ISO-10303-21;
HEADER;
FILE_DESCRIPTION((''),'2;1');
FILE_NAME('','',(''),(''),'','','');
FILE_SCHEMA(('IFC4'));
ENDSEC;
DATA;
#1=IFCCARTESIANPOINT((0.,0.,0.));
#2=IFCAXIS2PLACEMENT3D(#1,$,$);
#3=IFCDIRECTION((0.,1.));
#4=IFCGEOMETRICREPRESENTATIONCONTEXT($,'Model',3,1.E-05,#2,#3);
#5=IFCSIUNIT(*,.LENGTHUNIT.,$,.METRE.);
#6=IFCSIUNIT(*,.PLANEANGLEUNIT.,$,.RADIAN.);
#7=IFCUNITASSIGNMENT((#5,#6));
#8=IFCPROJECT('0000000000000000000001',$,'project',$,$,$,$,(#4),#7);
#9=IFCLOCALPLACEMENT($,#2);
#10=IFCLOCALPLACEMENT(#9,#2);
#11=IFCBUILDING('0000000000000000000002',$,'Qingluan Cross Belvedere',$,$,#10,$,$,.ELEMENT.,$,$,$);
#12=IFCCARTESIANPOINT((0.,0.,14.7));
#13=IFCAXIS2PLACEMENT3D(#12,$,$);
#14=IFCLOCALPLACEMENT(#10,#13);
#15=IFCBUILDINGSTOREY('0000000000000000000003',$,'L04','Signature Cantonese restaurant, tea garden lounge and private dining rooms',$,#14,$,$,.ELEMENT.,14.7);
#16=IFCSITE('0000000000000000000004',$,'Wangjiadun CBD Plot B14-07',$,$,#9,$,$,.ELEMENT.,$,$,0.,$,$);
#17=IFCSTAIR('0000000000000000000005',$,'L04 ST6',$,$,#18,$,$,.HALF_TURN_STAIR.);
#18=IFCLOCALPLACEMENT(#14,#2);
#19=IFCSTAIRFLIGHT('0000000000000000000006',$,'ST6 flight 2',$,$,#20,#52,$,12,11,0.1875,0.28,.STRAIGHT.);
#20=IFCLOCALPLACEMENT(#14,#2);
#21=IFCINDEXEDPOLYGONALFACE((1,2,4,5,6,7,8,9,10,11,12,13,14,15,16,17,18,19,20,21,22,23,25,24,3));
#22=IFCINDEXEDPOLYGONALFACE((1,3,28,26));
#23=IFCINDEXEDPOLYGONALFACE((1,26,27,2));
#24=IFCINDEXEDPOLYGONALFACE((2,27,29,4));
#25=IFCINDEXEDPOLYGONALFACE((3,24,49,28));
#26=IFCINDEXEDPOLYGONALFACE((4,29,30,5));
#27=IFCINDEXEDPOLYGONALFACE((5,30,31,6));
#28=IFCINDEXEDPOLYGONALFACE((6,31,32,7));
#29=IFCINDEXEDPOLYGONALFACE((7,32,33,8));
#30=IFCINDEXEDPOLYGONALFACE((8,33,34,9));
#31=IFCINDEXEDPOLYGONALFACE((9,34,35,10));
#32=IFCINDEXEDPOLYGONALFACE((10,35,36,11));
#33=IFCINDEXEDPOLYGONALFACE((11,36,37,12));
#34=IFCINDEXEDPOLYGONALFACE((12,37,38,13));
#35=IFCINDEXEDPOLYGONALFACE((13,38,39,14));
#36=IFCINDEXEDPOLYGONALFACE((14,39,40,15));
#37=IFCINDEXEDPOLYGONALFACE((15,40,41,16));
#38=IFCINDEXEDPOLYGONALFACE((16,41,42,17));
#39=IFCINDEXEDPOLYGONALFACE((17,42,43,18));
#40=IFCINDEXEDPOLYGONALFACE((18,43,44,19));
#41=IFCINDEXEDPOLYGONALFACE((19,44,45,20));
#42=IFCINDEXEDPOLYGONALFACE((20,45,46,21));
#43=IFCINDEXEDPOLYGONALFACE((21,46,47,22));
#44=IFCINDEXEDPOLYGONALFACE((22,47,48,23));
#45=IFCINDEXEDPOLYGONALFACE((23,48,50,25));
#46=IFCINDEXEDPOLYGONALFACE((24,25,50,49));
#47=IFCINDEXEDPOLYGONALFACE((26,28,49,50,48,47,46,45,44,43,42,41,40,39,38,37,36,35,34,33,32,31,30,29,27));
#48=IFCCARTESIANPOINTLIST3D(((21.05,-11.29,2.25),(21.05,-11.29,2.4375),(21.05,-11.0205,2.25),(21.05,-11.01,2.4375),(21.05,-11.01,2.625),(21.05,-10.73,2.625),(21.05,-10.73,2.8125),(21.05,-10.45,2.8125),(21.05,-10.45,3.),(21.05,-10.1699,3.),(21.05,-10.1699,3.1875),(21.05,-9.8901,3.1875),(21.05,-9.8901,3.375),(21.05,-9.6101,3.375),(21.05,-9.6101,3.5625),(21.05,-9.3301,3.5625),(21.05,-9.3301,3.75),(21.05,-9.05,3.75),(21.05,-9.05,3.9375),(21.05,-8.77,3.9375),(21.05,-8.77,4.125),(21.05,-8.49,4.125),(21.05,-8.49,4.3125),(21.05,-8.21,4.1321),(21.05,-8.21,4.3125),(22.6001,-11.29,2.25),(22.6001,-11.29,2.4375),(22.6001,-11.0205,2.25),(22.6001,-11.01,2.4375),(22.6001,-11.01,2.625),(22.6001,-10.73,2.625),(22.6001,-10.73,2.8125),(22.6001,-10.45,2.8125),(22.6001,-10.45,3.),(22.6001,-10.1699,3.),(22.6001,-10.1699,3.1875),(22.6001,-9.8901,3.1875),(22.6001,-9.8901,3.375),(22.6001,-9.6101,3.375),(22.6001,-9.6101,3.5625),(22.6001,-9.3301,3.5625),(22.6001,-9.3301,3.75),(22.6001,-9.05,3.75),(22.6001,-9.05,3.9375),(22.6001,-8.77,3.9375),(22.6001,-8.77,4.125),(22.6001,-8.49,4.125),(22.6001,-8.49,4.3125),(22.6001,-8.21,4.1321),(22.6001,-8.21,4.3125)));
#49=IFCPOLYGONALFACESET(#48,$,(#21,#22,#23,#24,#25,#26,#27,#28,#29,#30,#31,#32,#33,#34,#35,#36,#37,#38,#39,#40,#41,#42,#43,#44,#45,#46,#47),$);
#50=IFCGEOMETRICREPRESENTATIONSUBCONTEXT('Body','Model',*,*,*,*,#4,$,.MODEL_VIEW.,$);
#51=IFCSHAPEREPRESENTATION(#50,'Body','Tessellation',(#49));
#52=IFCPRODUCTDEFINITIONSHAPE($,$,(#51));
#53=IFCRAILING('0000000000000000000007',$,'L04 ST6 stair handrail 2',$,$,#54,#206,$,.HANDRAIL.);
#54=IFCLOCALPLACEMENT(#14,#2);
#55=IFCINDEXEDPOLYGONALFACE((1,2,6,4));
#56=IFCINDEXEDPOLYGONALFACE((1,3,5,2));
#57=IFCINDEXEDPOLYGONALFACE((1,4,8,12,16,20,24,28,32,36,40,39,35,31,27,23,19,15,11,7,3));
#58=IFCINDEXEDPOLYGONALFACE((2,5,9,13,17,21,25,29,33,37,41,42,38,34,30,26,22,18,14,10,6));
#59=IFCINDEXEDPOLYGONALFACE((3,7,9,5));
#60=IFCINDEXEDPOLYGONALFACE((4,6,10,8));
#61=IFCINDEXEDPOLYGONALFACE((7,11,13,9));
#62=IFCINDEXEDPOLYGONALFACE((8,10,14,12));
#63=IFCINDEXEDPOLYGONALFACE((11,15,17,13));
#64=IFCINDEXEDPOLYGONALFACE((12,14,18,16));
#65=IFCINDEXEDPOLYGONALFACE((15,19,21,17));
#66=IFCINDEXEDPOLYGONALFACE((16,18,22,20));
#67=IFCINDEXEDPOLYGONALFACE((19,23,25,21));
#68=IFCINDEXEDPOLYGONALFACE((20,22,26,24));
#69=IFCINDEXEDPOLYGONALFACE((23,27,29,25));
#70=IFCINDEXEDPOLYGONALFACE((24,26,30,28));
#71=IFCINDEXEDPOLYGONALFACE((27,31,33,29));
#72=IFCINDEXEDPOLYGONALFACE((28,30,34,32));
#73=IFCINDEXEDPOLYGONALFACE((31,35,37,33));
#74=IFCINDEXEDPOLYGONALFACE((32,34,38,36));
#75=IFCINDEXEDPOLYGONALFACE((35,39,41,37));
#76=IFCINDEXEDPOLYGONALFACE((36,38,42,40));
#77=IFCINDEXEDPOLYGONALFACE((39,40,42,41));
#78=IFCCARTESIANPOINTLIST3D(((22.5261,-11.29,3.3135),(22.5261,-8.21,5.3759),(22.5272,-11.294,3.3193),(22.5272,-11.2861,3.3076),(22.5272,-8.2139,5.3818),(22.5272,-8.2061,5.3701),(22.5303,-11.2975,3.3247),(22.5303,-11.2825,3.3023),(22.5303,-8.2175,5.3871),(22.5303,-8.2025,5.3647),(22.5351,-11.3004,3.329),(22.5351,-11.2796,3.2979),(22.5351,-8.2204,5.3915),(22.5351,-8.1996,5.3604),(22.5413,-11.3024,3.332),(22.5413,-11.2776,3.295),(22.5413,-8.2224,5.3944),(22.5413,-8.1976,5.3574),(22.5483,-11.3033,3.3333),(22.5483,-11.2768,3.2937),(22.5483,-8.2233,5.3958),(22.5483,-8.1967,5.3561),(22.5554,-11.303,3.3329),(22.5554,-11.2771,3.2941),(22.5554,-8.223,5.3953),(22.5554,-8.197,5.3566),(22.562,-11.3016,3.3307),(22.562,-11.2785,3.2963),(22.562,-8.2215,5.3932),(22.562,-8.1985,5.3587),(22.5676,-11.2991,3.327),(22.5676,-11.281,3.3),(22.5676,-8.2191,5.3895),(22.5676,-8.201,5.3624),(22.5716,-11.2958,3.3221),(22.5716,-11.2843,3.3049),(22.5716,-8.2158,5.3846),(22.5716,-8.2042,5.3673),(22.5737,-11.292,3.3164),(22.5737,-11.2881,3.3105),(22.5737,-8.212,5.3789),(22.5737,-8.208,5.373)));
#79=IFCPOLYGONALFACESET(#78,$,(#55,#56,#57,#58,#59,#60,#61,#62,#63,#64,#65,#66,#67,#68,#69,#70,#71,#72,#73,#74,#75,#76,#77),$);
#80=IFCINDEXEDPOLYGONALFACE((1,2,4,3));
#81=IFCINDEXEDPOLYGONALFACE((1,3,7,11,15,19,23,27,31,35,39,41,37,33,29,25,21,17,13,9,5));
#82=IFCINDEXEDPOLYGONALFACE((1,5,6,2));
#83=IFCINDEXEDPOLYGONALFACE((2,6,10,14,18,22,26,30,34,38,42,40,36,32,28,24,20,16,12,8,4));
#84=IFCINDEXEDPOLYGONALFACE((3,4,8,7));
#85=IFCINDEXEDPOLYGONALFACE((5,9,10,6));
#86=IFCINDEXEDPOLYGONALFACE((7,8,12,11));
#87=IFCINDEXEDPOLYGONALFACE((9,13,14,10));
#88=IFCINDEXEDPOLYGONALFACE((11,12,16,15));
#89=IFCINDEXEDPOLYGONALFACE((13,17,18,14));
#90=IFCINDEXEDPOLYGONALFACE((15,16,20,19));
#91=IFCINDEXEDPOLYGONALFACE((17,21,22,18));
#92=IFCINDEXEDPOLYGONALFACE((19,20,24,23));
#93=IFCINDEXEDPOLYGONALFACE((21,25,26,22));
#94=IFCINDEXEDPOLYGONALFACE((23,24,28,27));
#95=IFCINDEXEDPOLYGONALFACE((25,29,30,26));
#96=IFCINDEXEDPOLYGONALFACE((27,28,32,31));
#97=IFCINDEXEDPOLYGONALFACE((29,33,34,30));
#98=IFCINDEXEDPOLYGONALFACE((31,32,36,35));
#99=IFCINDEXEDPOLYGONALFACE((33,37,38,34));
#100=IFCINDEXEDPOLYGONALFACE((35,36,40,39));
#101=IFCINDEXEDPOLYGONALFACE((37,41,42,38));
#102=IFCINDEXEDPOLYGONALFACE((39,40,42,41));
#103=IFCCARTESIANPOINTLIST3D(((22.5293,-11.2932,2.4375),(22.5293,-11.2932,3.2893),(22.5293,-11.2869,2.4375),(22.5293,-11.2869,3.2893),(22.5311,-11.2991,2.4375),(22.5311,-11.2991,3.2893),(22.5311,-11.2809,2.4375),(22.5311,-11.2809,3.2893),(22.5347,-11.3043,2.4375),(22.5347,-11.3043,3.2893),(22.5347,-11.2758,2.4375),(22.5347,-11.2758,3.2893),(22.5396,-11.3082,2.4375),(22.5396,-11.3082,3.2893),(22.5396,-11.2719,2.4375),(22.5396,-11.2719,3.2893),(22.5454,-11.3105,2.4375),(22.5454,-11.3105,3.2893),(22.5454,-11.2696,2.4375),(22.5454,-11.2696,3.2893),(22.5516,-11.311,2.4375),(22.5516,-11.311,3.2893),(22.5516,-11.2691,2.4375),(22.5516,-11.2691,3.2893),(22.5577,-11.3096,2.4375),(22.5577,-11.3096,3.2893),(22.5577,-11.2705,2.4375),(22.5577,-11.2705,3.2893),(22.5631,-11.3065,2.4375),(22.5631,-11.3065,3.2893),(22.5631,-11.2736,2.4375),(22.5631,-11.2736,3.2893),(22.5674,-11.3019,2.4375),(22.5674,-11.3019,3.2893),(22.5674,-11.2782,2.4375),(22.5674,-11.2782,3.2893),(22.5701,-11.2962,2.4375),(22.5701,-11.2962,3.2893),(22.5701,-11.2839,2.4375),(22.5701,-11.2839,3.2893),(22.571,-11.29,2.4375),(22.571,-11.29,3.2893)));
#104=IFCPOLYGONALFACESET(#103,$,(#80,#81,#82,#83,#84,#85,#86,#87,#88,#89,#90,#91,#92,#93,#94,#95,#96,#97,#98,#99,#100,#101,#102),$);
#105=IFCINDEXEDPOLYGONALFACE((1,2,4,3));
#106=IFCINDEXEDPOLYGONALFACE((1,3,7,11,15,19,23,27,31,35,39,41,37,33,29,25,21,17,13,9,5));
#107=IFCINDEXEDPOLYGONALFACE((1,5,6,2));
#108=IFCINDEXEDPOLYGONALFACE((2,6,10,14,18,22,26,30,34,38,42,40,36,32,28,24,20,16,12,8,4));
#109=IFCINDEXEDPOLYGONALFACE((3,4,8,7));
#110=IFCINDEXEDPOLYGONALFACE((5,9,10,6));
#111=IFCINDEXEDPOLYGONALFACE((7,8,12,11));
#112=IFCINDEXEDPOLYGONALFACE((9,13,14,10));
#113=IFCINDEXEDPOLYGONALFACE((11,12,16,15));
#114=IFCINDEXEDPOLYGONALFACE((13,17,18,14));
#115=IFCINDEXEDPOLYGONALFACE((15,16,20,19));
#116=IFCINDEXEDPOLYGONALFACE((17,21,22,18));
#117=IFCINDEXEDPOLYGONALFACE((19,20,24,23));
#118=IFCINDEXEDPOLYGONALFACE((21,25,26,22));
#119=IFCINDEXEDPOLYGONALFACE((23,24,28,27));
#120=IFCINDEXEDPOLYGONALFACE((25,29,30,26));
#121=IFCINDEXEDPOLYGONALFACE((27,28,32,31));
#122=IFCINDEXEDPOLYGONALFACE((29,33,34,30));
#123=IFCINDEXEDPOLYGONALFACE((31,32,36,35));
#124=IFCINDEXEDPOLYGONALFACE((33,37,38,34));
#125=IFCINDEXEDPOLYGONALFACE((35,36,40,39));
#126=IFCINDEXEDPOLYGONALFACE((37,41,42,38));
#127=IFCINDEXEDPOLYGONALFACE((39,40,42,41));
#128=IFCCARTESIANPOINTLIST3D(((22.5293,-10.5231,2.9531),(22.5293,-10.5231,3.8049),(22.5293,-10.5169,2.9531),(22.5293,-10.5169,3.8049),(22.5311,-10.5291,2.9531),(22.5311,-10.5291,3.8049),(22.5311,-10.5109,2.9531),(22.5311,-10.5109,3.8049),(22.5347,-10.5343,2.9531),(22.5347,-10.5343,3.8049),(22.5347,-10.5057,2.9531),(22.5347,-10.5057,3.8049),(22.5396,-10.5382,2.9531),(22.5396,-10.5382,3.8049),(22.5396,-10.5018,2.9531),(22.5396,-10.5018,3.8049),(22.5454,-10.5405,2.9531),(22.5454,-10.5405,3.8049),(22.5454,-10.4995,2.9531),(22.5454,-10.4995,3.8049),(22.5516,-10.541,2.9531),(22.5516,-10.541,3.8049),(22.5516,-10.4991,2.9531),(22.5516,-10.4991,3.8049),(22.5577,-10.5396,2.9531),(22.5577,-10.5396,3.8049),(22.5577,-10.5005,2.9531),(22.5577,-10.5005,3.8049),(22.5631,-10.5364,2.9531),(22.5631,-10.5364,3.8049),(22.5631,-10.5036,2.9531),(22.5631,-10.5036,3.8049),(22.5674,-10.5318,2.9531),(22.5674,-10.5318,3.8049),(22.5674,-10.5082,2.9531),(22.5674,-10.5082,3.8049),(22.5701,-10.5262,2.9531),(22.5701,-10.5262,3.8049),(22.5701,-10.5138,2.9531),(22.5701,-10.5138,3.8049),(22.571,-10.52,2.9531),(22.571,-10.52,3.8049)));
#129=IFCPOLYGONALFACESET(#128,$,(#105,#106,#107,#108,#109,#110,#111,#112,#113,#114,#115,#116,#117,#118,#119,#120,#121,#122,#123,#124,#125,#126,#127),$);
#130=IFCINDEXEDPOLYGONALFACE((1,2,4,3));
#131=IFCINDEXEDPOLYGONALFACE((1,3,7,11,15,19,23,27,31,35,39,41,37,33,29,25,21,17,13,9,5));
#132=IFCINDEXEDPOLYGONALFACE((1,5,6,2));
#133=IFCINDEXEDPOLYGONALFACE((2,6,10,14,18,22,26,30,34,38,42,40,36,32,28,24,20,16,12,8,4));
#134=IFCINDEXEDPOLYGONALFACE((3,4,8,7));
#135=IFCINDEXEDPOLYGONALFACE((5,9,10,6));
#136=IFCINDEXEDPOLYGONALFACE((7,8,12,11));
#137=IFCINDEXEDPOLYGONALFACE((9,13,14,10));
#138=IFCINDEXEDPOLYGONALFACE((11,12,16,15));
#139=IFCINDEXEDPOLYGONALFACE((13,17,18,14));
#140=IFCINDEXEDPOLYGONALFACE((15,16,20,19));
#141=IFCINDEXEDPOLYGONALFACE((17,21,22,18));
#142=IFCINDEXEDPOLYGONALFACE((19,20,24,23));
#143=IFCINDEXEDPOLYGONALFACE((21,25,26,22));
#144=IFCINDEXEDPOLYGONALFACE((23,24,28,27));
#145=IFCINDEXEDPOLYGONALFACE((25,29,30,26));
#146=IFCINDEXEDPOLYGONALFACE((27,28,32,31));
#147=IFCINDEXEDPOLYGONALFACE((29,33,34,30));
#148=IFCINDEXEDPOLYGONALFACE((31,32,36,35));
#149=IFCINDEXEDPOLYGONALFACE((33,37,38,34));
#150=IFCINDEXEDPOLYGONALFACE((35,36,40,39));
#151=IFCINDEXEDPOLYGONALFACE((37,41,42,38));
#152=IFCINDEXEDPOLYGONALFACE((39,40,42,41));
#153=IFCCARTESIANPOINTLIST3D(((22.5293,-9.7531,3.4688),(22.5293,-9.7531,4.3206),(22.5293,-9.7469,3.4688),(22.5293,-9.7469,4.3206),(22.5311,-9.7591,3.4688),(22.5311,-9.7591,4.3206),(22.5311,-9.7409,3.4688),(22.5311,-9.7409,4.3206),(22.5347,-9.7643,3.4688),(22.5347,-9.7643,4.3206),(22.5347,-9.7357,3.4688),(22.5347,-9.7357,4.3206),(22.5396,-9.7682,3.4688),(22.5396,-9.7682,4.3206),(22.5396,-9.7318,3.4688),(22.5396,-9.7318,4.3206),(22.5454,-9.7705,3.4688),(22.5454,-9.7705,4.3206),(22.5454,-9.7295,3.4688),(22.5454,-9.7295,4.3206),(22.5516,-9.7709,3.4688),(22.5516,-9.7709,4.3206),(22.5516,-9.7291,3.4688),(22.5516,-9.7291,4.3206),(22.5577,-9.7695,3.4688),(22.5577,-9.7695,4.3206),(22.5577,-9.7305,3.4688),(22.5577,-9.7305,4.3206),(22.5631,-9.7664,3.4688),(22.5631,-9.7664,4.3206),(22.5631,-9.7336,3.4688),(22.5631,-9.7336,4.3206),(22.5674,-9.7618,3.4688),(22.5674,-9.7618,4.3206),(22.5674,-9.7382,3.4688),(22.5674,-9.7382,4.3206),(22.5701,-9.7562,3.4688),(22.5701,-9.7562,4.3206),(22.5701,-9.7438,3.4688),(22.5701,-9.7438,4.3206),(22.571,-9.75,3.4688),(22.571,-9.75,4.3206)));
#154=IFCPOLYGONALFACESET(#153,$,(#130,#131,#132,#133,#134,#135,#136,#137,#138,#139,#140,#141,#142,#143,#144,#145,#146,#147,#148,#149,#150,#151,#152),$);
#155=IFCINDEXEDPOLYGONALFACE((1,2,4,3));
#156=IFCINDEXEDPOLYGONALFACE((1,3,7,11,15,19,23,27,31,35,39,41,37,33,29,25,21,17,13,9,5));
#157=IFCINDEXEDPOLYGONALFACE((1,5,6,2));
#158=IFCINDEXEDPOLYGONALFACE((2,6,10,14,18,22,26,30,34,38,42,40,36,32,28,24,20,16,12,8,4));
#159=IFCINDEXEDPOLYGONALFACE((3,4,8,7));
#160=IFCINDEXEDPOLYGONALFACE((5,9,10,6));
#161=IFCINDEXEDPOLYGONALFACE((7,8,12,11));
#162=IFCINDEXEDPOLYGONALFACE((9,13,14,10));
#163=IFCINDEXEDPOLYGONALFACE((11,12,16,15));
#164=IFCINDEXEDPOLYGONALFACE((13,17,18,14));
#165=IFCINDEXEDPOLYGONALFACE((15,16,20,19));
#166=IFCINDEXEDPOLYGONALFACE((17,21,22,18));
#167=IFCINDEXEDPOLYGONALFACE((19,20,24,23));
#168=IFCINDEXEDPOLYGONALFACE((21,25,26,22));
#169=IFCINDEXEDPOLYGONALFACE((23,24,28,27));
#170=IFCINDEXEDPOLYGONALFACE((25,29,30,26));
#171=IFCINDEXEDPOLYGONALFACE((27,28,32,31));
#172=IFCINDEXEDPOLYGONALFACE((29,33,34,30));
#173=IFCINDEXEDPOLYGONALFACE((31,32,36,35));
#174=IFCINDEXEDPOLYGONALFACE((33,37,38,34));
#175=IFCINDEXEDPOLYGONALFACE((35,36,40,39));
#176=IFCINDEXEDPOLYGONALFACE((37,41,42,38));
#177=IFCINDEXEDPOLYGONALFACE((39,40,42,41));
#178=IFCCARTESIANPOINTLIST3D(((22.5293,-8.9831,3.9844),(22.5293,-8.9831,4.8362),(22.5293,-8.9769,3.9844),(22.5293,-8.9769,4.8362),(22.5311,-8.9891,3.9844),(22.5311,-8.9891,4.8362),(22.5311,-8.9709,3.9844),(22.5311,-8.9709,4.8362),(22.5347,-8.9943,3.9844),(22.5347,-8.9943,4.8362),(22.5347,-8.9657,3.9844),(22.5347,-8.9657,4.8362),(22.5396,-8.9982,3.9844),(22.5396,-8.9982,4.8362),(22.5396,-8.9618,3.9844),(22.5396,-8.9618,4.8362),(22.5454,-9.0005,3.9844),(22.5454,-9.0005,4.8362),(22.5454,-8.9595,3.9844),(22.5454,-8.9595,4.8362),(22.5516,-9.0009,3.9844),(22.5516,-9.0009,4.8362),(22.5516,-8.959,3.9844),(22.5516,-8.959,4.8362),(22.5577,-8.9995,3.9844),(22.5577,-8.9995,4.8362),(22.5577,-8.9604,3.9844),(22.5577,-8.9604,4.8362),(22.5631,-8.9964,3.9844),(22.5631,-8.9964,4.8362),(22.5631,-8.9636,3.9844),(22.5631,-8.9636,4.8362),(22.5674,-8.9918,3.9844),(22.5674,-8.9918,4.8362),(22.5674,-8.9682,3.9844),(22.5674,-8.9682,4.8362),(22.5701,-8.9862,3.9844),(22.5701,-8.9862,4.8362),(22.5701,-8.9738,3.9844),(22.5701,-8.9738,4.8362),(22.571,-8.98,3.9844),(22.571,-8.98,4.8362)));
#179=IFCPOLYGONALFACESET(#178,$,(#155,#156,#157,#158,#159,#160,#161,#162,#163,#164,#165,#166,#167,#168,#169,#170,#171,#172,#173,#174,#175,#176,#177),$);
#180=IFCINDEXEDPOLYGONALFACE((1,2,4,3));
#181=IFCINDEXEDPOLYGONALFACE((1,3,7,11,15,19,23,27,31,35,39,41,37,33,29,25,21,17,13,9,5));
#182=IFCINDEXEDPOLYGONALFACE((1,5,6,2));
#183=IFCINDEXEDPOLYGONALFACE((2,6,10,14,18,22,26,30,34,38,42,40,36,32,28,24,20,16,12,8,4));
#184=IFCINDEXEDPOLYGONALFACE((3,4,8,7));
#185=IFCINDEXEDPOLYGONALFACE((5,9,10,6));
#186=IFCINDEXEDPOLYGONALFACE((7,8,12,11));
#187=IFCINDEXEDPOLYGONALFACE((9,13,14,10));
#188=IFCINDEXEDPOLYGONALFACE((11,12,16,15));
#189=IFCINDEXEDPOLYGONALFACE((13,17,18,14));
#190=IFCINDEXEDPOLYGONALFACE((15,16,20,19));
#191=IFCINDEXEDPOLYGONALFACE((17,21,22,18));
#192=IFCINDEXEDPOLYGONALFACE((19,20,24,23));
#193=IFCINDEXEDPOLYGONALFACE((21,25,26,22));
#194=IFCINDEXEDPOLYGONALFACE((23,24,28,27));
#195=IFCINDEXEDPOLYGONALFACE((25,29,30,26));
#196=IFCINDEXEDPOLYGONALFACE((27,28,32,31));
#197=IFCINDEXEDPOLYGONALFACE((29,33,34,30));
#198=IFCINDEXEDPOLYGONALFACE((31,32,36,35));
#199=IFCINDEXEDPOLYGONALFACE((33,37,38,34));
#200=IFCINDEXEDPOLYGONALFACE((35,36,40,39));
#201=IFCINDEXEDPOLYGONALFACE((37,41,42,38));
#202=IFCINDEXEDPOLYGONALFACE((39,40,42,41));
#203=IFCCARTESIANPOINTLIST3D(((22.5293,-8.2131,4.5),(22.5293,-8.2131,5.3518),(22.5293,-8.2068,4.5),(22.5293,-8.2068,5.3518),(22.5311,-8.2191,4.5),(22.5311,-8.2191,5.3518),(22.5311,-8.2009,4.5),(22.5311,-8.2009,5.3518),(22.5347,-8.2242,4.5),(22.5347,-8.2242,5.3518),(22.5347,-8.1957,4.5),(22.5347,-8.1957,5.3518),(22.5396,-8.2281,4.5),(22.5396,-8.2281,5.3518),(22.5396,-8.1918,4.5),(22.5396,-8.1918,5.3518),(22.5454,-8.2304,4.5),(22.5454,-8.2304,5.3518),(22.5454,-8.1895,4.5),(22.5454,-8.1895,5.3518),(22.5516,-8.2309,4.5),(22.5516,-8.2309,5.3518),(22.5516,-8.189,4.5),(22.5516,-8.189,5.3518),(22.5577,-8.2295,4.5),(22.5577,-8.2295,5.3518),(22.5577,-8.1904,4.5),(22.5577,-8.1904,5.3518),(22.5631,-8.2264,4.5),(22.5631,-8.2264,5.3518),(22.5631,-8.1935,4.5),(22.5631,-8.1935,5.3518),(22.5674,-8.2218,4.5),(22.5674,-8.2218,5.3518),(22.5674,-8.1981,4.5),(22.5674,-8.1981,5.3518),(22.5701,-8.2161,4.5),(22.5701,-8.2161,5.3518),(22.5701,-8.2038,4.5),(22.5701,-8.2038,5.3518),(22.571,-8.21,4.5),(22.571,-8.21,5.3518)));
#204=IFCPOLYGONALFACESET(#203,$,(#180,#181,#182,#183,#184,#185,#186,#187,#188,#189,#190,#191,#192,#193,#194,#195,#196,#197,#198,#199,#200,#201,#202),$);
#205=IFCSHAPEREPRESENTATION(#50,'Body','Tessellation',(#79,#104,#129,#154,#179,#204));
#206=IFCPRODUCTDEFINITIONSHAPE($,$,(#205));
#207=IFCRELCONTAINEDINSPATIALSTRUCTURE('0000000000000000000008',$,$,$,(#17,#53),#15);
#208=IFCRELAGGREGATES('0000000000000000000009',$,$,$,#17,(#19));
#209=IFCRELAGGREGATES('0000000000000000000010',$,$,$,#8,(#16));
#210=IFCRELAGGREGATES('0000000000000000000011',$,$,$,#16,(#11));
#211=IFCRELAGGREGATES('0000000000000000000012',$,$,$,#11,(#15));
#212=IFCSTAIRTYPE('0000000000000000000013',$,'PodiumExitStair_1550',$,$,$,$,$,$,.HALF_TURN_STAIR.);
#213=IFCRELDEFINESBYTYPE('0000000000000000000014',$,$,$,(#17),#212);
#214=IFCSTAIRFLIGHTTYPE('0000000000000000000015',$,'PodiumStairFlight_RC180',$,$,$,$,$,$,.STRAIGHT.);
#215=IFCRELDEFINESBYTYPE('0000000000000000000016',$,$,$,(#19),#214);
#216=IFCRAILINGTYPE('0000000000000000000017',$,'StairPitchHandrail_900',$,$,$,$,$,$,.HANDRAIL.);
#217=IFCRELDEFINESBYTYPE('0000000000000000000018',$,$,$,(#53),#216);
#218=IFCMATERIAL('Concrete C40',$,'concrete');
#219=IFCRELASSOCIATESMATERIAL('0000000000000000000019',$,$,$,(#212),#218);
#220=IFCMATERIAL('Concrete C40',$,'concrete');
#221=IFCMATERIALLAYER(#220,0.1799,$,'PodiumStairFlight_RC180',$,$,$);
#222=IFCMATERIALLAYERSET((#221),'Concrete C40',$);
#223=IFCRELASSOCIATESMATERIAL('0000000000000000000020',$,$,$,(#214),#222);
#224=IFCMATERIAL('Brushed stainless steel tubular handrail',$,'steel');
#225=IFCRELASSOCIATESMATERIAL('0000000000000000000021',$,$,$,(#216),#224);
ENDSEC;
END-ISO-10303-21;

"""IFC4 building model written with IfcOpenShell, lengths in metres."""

from ifc_helpers import new_model, si_unit, direction, frame, origin, origin_2d, place, context, subcontext, project, spatial, polyline, circle, outline, extrude, material, layer, layer_set, type_object, element, aggregate, save


model = new_model("IFC4")

# Units and contexts
model_context = context("Model", 3, precision=1e-05, world=origin(), true_north=direction((0.0, 1.0)))
body_context = subcontext(model_context, "Body", "Model", "MODEL_VIEW")
ifc_project = project(units=[si_unit("LENGTHUNIT", "METRE"), si_unit("PLANEANGLEUNIT", "RADIAN")], contexts=[model_context])

# Site, building, storey
site_placement = place(None, origin())
site = spatial("IfcSite", under=ifc_project, at=site_placement, Name="Wangjiadun CBD Plot B14-07", CompositionType="ELEMENT", RefElevation=0.0)
building_placement = place(site_placement, origin())
building = spatial("IfcBuilding", under=site, at=building_placement, Name="Qingluan Cross Belvedere", CompositionType="ELEMENT")
storey_placement = place(building_placement, frame((0.0, 0.0, 14.7)))
storey = spatial("IfcBuildingStorey", under=building, at=storey_placement, Name="L04", Description="Signature Cantonese restaurant, tea garden lounge and private dining rooms", CompositionType="ELEMENT", Elevation=14.7)

# Stair, stair flight
ifc_material_1 = material(Name="Concrete C40", Category="concrete")
stair_type = type_object("IfcStairType", Name="PodiumExitStair_1550", PredefinedType="HALF_TURN_STAIR", material=ifc_material_1)
stair_placement = place(storey_placement, origin())
stair = element("IfcStair", 1, at=stair_placement, inside=storey, type_object=stair_type, Name="L04 ST6", PredefinedType="HALF_TURN_STAIR")
ifc_material_2 = material(Name="Concrete C40", Category="concrete")
ifc_layer_1 = layer(ifc_material_2, 0.1799, Name="PodiumStairFlight_RC180")
ifc_layer_set_1 = layer_set([ifc_layer_1], Name="Concrete C40")
stair_flight_type = type_object("IfcStairFlightType", Name="PodiumStairFlight_RC180", PredefinedType="STRAIGHT", material=ifc_layer_set_1)
stair_flight_placement = place(storey_placement, frame((21.825, -11.29, 2.25), z_axis=(0.0, 0.0, 1.0), x_axis=(0.0, 1.0, 0.0)))
stair_flight = element("IfcStairFlight", 2, at=stair_flight_placement, type_object=stair_flight_type, Name="ST6 flight 2", NumberOfRisers=12, NumberOfTreads=11, PredefinedType="STRAIGHT", RiserHeight=0.1875, TreadLength=0.28, context=body_context, shape_type="SweptSolid", body=[
    extrude(outline(polyline([(0.0, 0.0), (0.0, 0.1875), (0.28, 0.1875), (0.28, 0.375), (0.5601, 0.375), (0.5601, 0.5625), (0.8401, 0.5625), (0.8401, 0.75), (1.1201, 0.75), (1.1201, 0.9375), (1.3999, 0.9375), (1.3999, 1.125), (1.6799, 1.125), (1.6799, 1.3125), (1.96, 1.3125), (1.96, 1.5), (2.24, 1.5), (2.24, 1.6875), (2.52, 1.6875), (2.52, 1.875), (2.8, 1.875), (2.8, 2.0625), (3.0801, 2.0625), (3.0801, 2.25), (3.0801, 1.8821), (0.2695, 0.0), (0.0, 0.0)])), frame((0.0, 0.7749, 0.0), z_axis=(0.0, -1.0, 0.0), x_axis=(1.0, 0.0, 0.0)), (0.0, 0.0, 1.0), 1.55),
])
aggregate(stair, [stair_flight])

# Railing
ifc_material_3 = material(Name="Brushed stainless steel tubular handrail", Category="steel")
railing_type_1 = type_object("IfcRailingType", Name="StairPitchHandrail_900", PredefinedType="HANDRAIL", material=ifc_material_3)
railing_1_placement = place(storey_placement, frame((22.55, -11.29, 2.4375)))
element("IfcRailing", 3, at=railing_1_placement, inside=storey, type_object=railing_type_1, Name="L04 ST6 stair handrail 2", PredefinedType="HANDRAIL", context=body_context, shape_type="SweptSolid", body=[
    extrude(circle(Radius=0.0239, at=origin_2d()), frame((0.0, 0.0, 0.876), z_axis=(0.0, 0.830914, 0.556401), x_axis=(-1.0, 0.0, 0.0)), (0.0, 0.0, 1.0), 3.7068),
    extrude(circle(Radius=0.021, at=origin_2d()), origin(), (0.0, 0.0, 1.0), 0.8518),
    extrude(circle(Radius=0.021, at=origin_2d()), frame((0.0, 0.77, 0.5156)), (0.0, 0.0, 1.0), 0.8518),
    extrude(circle(Radius=0.021, at=origin_2d()), frame((0.0, 1.54, 1.0312)), (0.0, 0.0, 1.0), 0.8518),
    extrude(circle(Radius=0.021, at=origin_2d()), frame((0.0, 2.3101, 1.5469)), (0.0, 0.0, 1.0), 0.8518),
    extrude(circle(Radius=0.021, at=origin_2d()), frame((0.0, 3.0801, 2.0625)), (0.0, 0.0, 1.0), 0.8518),
])

save(model, "model.ifc")
